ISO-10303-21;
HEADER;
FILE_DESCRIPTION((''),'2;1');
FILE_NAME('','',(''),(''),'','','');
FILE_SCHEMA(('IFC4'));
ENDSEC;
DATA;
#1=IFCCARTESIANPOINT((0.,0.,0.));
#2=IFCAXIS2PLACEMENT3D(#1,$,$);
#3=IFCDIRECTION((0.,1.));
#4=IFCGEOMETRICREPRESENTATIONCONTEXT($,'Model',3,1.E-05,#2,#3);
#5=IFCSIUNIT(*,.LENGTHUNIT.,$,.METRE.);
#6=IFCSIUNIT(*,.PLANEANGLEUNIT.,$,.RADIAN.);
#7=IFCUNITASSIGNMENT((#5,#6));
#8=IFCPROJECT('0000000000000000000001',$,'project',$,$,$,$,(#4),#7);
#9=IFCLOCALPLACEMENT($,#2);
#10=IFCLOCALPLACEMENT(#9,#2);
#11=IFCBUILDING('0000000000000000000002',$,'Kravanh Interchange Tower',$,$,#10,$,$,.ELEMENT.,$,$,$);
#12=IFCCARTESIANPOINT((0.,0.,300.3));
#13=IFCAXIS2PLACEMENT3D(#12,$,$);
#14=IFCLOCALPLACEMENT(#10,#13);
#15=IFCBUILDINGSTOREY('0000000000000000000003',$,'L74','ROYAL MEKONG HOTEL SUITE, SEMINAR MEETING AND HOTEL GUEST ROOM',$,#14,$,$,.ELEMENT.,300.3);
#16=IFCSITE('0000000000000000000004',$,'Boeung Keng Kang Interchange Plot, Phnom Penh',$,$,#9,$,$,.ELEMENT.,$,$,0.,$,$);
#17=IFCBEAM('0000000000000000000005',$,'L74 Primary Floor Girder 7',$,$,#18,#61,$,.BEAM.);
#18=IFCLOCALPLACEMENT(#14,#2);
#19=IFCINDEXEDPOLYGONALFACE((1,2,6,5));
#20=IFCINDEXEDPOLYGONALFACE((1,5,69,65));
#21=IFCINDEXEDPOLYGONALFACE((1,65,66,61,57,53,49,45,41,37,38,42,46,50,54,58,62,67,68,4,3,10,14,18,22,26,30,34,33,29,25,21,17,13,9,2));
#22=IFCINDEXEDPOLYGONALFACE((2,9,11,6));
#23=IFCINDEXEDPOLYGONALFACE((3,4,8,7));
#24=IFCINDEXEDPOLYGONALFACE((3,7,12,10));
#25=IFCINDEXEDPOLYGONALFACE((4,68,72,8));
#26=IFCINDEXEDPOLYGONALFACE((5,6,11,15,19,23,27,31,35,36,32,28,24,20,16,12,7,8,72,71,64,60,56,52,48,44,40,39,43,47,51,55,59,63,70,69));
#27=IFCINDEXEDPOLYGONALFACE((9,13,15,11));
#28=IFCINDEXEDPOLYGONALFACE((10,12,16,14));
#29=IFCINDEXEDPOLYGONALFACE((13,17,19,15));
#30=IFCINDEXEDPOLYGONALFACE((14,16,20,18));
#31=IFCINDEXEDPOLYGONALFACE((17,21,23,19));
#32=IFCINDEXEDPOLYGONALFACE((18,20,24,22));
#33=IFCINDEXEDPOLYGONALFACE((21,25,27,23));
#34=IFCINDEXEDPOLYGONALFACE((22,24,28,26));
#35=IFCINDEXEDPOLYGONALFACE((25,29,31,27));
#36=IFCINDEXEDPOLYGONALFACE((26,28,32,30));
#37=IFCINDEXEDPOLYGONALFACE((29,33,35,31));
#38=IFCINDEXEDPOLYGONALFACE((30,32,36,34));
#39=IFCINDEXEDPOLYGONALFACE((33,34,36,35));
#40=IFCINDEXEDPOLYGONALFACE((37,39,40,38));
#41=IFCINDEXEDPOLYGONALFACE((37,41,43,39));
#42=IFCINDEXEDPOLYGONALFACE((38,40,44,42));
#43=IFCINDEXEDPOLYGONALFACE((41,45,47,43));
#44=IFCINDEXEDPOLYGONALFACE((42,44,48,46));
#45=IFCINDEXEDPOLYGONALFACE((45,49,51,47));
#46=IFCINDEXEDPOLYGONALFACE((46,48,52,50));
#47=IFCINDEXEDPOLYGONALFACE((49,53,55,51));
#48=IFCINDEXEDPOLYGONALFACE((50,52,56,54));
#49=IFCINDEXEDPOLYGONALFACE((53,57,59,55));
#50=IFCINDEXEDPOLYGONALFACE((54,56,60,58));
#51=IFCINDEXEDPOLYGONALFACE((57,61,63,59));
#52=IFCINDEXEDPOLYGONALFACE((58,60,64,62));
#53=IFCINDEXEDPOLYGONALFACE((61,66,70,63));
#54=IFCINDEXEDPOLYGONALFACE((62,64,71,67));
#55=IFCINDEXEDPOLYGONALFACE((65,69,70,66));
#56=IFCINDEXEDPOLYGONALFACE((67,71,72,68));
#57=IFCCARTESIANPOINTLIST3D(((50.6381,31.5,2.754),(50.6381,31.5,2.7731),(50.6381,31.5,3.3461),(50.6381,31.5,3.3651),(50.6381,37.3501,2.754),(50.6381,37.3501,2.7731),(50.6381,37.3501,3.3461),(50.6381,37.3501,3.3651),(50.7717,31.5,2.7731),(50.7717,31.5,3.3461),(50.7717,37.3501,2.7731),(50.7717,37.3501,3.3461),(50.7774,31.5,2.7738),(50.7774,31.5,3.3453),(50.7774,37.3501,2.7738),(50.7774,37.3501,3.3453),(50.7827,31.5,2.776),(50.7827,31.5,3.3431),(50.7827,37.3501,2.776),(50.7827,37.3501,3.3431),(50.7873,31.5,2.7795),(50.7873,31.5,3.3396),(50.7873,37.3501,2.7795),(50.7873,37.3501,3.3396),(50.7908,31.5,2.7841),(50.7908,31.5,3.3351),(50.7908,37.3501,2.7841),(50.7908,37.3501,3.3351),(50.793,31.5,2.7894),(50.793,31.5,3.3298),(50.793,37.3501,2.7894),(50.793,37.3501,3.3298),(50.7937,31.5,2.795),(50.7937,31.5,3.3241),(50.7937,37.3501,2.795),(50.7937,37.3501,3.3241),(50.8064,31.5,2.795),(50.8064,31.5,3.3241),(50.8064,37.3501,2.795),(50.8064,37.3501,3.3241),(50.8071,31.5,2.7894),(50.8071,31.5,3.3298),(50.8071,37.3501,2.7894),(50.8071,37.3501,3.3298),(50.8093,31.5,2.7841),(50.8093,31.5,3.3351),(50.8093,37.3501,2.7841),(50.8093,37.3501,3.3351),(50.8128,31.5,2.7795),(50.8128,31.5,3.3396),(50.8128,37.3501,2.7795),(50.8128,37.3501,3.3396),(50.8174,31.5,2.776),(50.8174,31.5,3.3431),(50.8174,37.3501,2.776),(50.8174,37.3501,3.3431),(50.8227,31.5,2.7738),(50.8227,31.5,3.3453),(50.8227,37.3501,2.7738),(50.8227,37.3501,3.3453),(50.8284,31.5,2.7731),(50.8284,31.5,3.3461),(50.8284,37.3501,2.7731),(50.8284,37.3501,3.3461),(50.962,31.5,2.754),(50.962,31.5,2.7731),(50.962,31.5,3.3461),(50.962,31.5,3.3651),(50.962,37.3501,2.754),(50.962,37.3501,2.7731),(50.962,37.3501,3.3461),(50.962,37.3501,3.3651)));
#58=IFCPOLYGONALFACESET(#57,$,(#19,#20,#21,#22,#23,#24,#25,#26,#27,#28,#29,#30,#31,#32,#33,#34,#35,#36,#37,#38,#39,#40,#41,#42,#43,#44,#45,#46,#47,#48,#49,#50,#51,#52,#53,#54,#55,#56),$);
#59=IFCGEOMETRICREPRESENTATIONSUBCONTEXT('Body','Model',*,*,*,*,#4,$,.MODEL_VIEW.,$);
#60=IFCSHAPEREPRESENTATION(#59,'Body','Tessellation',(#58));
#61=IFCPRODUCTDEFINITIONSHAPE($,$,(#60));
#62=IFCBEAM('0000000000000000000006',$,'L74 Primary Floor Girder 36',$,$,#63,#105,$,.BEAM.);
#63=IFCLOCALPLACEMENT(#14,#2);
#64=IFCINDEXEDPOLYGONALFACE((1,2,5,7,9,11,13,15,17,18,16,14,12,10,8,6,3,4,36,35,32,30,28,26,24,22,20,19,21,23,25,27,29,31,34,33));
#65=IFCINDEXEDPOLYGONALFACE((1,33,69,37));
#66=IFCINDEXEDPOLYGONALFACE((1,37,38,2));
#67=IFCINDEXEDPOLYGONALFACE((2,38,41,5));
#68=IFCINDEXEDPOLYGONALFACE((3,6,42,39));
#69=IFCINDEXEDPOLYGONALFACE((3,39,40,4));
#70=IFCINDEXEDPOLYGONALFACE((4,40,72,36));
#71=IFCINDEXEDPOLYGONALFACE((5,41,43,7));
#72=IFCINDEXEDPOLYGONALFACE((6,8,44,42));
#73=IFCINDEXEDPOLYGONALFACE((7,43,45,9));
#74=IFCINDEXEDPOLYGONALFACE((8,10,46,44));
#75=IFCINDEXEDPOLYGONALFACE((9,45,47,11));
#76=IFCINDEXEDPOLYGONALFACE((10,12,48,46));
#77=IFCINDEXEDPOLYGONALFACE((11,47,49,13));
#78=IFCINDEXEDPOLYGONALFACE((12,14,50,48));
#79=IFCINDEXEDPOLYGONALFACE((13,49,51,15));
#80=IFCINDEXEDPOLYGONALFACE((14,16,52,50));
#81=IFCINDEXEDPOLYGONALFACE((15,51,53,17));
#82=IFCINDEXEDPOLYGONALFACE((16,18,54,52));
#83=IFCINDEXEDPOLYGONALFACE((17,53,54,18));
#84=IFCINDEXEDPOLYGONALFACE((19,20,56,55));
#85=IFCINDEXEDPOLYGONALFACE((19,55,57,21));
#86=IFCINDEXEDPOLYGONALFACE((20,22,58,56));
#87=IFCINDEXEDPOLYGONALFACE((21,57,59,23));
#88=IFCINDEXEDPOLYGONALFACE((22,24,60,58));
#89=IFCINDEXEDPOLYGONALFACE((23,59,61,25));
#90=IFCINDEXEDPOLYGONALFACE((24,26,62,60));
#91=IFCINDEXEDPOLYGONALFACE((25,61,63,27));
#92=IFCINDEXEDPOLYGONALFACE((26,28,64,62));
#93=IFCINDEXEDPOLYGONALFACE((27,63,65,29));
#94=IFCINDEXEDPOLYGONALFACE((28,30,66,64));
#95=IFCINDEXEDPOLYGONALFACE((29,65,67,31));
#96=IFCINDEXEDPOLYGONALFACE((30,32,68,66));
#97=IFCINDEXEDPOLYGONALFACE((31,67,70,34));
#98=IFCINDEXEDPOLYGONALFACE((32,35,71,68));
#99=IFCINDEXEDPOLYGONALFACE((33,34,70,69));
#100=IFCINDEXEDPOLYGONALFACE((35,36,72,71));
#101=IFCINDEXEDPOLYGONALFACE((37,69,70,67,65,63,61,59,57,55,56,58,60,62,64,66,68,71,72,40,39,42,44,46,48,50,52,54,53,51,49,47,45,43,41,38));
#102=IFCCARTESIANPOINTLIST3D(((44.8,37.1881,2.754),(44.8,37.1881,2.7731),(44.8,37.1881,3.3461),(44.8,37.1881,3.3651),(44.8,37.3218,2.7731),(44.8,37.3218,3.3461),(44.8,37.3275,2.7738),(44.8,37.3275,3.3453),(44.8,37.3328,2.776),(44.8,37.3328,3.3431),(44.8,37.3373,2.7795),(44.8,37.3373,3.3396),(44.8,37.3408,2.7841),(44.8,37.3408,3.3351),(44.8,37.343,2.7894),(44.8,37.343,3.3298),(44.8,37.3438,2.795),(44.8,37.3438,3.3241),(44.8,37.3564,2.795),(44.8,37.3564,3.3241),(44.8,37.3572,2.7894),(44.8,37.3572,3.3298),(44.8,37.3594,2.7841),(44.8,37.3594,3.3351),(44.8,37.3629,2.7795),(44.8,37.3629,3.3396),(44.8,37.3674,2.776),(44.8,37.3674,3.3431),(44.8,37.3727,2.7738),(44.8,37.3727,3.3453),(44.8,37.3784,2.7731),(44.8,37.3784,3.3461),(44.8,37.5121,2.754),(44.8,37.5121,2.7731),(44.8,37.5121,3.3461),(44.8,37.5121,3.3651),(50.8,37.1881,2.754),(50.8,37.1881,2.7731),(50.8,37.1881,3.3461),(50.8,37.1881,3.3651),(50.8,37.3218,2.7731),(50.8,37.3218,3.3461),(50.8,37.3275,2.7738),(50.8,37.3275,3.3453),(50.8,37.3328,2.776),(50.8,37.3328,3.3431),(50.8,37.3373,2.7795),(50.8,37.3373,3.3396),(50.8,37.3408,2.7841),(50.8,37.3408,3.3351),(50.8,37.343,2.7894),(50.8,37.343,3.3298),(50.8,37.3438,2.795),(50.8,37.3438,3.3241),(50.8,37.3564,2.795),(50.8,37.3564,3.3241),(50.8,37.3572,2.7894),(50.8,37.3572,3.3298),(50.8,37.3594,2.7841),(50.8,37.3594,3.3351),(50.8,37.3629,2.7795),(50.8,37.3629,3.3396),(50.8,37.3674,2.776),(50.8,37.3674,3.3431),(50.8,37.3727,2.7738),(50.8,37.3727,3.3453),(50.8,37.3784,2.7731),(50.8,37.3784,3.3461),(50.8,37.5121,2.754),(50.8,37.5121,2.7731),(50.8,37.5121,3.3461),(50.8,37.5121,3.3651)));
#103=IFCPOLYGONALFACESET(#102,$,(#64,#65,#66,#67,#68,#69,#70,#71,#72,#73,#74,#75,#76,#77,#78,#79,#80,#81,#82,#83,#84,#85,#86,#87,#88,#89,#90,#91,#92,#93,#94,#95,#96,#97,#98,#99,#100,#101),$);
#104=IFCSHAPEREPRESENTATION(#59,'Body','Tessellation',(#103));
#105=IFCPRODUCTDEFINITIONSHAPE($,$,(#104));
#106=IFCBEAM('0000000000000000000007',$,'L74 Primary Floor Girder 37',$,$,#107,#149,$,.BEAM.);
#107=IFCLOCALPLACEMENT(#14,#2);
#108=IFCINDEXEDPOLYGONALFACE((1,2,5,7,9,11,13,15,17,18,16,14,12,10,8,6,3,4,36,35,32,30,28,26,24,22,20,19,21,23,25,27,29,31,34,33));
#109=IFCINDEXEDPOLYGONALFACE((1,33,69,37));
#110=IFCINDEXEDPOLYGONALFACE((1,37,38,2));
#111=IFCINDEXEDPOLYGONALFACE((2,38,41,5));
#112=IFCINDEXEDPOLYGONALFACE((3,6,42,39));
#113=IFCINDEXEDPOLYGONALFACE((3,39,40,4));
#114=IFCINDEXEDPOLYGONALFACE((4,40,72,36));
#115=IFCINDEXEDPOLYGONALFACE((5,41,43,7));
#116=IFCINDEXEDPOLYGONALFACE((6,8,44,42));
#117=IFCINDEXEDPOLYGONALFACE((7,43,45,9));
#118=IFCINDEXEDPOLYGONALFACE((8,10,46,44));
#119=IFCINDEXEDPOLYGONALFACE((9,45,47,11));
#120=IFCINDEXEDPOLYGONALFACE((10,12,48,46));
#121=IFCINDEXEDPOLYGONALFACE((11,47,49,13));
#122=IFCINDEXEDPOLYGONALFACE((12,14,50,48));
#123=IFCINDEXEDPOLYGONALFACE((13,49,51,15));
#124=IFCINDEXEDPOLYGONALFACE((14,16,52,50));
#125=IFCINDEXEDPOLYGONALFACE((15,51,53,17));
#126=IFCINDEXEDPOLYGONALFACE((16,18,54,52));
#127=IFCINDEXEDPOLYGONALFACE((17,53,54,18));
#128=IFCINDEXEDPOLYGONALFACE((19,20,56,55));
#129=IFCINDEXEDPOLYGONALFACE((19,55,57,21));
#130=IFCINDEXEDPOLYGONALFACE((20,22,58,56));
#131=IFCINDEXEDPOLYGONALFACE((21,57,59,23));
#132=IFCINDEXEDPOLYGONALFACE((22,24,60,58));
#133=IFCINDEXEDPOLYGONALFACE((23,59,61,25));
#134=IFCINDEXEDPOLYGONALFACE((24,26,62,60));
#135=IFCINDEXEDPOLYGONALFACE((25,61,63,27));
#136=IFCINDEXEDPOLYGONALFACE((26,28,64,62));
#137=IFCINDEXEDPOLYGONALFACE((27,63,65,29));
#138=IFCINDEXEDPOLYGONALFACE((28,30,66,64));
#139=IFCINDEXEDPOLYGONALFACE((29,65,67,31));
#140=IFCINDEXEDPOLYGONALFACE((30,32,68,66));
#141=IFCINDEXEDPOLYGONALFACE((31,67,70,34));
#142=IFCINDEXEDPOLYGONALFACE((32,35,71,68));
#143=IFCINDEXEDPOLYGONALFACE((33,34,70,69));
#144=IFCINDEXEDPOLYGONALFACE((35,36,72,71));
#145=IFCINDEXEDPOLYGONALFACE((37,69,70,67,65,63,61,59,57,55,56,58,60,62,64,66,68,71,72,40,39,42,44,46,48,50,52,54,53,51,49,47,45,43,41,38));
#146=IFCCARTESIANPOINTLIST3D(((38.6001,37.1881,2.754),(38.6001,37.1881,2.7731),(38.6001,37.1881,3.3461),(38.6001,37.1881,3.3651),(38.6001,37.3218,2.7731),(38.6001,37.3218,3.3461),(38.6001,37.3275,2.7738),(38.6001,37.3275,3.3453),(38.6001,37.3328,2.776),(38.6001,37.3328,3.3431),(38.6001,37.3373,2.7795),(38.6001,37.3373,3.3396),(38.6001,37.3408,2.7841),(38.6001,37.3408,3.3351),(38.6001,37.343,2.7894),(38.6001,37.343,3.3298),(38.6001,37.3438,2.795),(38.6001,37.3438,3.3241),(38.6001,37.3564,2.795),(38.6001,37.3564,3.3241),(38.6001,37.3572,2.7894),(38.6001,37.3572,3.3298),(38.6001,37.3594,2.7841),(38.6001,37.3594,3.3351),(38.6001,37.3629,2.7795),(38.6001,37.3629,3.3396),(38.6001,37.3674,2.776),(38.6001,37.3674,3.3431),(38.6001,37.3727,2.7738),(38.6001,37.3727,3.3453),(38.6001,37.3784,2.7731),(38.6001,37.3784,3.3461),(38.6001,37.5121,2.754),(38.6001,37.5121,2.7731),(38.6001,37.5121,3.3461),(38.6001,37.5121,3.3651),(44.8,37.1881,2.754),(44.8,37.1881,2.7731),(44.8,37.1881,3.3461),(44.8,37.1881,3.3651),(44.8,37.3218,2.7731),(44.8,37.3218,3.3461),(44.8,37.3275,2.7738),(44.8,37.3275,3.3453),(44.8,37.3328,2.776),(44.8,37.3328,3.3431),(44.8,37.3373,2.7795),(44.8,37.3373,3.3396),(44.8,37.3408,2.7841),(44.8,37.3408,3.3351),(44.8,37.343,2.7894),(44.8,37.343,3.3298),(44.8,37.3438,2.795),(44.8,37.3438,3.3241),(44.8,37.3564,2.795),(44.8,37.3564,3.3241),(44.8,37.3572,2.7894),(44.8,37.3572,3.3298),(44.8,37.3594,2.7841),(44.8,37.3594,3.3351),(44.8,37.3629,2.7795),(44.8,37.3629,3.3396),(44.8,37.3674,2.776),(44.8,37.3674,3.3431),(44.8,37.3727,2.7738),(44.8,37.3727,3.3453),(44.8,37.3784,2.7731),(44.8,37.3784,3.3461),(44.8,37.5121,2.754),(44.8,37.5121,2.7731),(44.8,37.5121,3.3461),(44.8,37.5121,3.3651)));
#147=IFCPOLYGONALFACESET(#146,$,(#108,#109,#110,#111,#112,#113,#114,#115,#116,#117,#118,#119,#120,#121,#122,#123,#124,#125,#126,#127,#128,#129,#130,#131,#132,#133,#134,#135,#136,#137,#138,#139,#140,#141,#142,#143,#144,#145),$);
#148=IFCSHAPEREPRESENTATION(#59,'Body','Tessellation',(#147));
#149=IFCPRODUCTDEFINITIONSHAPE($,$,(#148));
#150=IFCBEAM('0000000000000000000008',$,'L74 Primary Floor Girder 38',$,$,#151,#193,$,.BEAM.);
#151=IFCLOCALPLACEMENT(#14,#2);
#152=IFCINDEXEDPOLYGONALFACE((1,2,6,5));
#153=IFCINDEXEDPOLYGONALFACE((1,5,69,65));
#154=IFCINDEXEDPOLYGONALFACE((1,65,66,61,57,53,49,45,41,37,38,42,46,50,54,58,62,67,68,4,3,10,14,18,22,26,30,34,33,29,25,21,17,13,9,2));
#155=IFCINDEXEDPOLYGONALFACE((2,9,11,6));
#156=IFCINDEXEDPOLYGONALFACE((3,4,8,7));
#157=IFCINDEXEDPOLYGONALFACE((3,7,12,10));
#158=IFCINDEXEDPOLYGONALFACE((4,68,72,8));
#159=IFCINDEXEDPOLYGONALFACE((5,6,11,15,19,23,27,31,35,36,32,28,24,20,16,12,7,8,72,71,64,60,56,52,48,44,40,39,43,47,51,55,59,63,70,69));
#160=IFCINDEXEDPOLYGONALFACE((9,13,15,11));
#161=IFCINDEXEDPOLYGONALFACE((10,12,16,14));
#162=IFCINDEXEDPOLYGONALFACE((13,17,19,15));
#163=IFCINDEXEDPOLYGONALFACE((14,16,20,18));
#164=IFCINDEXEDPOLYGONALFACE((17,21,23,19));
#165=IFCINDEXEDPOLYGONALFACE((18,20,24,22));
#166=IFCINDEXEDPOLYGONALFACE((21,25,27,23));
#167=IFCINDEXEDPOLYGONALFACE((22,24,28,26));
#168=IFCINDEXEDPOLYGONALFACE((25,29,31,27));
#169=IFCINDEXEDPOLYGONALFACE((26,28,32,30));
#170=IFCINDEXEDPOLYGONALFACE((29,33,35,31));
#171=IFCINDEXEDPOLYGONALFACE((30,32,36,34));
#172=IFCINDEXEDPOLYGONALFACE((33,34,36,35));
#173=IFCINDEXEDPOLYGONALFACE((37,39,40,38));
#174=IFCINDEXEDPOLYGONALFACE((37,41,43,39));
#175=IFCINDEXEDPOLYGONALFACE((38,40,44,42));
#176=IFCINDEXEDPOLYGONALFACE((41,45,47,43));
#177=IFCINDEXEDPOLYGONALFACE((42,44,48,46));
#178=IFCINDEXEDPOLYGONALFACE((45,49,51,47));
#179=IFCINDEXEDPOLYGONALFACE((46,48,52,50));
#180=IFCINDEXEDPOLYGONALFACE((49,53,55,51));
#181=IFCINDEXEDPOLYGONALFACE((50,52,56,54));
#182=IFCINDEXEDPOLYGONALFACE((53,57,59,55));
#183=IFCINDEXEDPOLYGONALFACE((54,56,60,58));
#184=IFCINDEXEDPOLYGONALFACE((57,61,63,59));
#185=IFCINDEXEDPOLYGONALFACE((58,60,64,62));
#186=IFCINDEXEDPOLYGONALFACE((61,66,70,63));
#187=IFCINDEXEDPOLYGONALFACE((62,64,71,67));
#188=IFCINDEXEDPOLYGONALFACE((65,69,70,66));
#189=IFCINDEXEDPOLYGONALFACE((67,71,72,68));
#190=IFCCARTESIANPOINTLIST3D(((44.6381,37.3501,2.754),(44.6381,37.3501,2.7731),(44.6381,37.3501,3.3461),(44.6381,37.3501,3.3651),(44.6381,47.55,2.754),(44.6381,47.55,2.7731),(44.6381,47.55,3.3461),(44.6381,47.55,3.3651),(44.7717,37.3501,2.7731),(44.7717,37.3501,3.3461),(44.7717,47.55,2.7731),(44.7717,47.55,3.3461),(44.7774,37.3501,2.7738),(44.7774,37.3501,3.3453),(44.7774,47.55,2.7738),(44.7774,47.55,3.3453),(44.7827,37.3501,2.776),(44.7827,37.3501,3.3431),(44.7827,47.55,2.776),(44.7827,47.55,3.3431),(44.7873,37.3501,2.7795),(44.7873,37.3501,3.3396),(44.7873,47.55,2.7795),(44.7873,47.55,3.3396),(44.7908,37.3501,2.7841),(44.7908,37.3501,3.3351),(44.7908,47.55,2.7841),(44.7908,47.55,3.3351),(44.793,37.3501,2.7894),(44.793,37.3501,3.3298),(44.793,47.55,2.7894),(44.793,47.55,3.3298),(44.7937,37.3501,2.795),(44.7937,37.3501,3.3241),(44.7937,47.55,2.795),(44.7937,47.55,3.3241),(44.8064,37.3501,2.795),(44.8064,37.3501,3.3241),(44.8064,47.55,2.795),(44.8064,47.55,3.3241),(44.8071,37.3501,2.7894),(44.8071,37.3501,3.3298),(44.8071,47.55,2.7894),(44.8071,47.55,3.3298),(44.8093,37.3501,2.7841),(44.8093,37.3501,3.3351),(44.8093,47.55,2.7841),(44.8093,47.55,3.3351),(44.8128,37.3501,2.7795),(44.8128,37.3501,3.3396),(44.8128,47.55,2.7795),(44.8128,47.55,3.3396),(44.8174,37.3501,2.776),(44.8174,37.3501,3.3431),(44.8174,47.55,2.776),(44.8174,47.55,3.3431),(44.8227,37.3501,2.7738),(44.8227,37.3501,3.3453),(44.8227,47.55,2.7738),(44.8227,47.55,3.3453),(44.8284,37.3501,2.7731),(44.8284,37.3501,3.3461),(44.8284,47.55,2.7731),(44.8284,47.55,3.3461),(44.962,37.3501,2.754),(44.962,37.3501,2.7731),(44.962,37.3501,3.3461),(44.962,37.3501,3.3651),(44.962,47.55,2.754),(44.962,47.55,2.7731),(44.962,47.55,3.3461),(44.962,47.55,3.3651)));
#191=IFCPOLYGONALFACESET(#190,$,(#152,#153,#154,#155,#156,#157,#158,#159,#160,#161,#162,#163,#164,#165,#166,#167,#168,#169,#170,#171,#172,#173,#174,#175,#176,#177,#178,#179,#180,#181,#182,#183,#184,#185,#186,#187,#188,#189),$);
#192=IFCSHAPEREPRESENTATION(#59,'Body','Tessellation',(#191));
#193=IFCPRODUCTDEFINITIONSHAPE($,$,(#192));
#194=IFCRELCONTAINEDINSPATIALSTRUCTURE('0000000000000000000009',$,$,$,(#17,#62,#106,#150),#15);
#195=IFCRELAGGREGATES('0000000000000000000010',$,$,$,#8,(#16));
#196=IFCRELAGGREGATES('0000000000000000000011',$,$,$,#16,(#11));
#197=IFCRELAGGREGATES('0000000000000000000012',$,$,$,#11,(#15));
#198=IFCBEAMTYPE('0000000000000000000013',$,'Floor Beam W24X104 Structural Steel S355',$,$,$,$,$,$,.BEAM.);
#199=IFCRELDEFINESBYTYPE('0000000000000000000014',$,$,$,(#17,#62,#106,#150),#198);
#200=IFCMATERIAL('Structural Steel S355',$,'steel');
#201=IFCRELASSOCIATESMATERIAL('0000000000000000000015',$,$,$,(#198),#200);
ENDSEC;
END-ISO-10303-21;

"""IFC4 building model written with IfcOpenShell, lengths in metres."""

from ifc_helpers import new_model, si_unit, direction, frame, origin, origin_2d, place, context, subcontext, project, spatial, i_section, extrude, material, material_profile, profile_set, type_object, element, save


model = new_model("IFC4")

# Units and contexts
model_context = context("Model", 3, precision=1e-05, world=origin(), true_north=direction((0.0, 1.0)))
body_context = subcontext(model_context, "Body", "Model", "MODEL_VIEW")
ifc_project = project(units=[si_unit("LENGTHUNIT", "METRE"), si_unit("PLANEANGLEUNIT", "RADIAN")], contexts=[model_context])

# Site, building, storey
site_placement = place(None, origin())
site = spatial("IfcSite", under=ifc_project, at=site_placement, Name="Boeung Keng Kang Interchange Plot, Phnom Penh", CompositionType="ELEMENT", RefElevation=0.0)
building_placement = place(site_placement, origin())
building = spatial("IfcBuilding", under=site, at=building_placement, Name="Kravanh Interchange Tower", CompositionType="ELEMENT")
storey_placement = place(building_placement, frame((0.0, 0.0, 300.3)))
storey = spatial("IfcBuildingStorey", under=building, at=storey_placement, Name="L74", Description="ROYAL MEKONG HOTEL SUITE, SEMINAR MEETING AND HOTEL GUEST ROOM", CompositionType="ELEMENT", Elevation=300.3)

# Beams
ifc_material_1 = material(Name="Structural Steel S355", Category="steel")
ifc_material_profile_1 = material_profile(ifc_material_1, i_section(OverallWidth=0.324, OverallDepth=0.6111, WebThickness=0.0127, FlangeThickness=0.019, FilletRadius=0.022, at=origin_2d()), Name="W24X104")
ifc_profile_set_1 = profile_set([ifc_material_profile_1], Name="Structural Steel S355")
beam_type_1 = type_object("IfcBeamType", Name="Floor Beam W24X104 Structural Steel S355", PredefinedType="BEAM", material=ifc_profile_set_1)
beam_1_placement = place(storey_placement, frame((50.8, 31.5, 3.0596), z_axis=(0.0, 1.0, 0.0), x_axis=(-1.0, 0.0, 0.0)))
element("IfcBeam", 1, at=beam_1_placement, inside=storey, type_object=beam_type_1, Name="L74 Primary Floor Girder 7", PredefinedType="BEAM", context=body_context, shape_type="SweptSolid", body=[
    extrude(i_section(OverallWidth=0.324, OverallDepth=0.6111, WebThickness=0.0127, FlangeThickness=0.019, FilletRadius=0.022, at=origin_2d()), origin(), (0.0, 0.0, 1.0), 5.8501),
])
beam_2_placement = place(storey_placement, frame((50.8, 37.3501, 3.0596), z_axis=(-1.0, 0.0, 0.0), x_axis=(0.0, -1.0, 0.0)))
element("IfcBeam", 2, at=beam_2_placement, inside=storey, type_object=beam_type_1, Name="L74 Primary Floor Girder 36", PredefinedType="BEAM", context=body_context, shape_type="SweptSolid", body=[
    extrude(i_section(OverallWidth=0.324, OverallDepth=0.6111, WebThickness=0.0127, FlangeThickness=0.019, FilletRadius=0.022, at=origin_2d()), origin(), (0.0, 0.0, 1.0), 6.0),
])
beam_3_placement = place(storey_placement, frame((44.8, 37.3501, 3.0596), z_axis=(-1.0, 0.0, 0.0), x_axis=(0.0, -1.0, 0.0)))
element("IfcBeam", 3, at=beam_3_placement, inside=storey, type_object=beam_type_1, Name="L74 Primary Floor Girder 37", PredefinedType="BEAM", context=body_context, shape_type="SweptSolid", body=[
    extrude(i_section(OverallWidth=0.324, OverallDepth=0.6111, WebThickness=0.0127, FlangeThickness=0.019, FilletRadius=0.022, at=origin_2d()), origin(), (0.0, 0.0, 1.0), 6.2),
])
beam_4_placement = place(storey_placement, frame((44.8, 37.3501, 3.0596), z_axis=(0.0, 1.0, 0.0), x_axis=(-1.0, 0.0, 0.0)))
element("IfcBeam", 4, at=beam_4_placement, inside=storey, type_object=beam_type_1, Name="L74 Primary Floor Girder 38", PredefinedType="BEAM", context=body_context, shape_type="SweptSolid", body=[
    extrude(i_section(OverallWidth=0.324, OverallDepth=0.6111, WebThickness=0.0127, FlangeThickness=0.019, FilletRadius=0.022, at=origin_2d()), origin(), (0.0, 0.0, 1.0), 10.2),
])

save(model, "model.ifc")
